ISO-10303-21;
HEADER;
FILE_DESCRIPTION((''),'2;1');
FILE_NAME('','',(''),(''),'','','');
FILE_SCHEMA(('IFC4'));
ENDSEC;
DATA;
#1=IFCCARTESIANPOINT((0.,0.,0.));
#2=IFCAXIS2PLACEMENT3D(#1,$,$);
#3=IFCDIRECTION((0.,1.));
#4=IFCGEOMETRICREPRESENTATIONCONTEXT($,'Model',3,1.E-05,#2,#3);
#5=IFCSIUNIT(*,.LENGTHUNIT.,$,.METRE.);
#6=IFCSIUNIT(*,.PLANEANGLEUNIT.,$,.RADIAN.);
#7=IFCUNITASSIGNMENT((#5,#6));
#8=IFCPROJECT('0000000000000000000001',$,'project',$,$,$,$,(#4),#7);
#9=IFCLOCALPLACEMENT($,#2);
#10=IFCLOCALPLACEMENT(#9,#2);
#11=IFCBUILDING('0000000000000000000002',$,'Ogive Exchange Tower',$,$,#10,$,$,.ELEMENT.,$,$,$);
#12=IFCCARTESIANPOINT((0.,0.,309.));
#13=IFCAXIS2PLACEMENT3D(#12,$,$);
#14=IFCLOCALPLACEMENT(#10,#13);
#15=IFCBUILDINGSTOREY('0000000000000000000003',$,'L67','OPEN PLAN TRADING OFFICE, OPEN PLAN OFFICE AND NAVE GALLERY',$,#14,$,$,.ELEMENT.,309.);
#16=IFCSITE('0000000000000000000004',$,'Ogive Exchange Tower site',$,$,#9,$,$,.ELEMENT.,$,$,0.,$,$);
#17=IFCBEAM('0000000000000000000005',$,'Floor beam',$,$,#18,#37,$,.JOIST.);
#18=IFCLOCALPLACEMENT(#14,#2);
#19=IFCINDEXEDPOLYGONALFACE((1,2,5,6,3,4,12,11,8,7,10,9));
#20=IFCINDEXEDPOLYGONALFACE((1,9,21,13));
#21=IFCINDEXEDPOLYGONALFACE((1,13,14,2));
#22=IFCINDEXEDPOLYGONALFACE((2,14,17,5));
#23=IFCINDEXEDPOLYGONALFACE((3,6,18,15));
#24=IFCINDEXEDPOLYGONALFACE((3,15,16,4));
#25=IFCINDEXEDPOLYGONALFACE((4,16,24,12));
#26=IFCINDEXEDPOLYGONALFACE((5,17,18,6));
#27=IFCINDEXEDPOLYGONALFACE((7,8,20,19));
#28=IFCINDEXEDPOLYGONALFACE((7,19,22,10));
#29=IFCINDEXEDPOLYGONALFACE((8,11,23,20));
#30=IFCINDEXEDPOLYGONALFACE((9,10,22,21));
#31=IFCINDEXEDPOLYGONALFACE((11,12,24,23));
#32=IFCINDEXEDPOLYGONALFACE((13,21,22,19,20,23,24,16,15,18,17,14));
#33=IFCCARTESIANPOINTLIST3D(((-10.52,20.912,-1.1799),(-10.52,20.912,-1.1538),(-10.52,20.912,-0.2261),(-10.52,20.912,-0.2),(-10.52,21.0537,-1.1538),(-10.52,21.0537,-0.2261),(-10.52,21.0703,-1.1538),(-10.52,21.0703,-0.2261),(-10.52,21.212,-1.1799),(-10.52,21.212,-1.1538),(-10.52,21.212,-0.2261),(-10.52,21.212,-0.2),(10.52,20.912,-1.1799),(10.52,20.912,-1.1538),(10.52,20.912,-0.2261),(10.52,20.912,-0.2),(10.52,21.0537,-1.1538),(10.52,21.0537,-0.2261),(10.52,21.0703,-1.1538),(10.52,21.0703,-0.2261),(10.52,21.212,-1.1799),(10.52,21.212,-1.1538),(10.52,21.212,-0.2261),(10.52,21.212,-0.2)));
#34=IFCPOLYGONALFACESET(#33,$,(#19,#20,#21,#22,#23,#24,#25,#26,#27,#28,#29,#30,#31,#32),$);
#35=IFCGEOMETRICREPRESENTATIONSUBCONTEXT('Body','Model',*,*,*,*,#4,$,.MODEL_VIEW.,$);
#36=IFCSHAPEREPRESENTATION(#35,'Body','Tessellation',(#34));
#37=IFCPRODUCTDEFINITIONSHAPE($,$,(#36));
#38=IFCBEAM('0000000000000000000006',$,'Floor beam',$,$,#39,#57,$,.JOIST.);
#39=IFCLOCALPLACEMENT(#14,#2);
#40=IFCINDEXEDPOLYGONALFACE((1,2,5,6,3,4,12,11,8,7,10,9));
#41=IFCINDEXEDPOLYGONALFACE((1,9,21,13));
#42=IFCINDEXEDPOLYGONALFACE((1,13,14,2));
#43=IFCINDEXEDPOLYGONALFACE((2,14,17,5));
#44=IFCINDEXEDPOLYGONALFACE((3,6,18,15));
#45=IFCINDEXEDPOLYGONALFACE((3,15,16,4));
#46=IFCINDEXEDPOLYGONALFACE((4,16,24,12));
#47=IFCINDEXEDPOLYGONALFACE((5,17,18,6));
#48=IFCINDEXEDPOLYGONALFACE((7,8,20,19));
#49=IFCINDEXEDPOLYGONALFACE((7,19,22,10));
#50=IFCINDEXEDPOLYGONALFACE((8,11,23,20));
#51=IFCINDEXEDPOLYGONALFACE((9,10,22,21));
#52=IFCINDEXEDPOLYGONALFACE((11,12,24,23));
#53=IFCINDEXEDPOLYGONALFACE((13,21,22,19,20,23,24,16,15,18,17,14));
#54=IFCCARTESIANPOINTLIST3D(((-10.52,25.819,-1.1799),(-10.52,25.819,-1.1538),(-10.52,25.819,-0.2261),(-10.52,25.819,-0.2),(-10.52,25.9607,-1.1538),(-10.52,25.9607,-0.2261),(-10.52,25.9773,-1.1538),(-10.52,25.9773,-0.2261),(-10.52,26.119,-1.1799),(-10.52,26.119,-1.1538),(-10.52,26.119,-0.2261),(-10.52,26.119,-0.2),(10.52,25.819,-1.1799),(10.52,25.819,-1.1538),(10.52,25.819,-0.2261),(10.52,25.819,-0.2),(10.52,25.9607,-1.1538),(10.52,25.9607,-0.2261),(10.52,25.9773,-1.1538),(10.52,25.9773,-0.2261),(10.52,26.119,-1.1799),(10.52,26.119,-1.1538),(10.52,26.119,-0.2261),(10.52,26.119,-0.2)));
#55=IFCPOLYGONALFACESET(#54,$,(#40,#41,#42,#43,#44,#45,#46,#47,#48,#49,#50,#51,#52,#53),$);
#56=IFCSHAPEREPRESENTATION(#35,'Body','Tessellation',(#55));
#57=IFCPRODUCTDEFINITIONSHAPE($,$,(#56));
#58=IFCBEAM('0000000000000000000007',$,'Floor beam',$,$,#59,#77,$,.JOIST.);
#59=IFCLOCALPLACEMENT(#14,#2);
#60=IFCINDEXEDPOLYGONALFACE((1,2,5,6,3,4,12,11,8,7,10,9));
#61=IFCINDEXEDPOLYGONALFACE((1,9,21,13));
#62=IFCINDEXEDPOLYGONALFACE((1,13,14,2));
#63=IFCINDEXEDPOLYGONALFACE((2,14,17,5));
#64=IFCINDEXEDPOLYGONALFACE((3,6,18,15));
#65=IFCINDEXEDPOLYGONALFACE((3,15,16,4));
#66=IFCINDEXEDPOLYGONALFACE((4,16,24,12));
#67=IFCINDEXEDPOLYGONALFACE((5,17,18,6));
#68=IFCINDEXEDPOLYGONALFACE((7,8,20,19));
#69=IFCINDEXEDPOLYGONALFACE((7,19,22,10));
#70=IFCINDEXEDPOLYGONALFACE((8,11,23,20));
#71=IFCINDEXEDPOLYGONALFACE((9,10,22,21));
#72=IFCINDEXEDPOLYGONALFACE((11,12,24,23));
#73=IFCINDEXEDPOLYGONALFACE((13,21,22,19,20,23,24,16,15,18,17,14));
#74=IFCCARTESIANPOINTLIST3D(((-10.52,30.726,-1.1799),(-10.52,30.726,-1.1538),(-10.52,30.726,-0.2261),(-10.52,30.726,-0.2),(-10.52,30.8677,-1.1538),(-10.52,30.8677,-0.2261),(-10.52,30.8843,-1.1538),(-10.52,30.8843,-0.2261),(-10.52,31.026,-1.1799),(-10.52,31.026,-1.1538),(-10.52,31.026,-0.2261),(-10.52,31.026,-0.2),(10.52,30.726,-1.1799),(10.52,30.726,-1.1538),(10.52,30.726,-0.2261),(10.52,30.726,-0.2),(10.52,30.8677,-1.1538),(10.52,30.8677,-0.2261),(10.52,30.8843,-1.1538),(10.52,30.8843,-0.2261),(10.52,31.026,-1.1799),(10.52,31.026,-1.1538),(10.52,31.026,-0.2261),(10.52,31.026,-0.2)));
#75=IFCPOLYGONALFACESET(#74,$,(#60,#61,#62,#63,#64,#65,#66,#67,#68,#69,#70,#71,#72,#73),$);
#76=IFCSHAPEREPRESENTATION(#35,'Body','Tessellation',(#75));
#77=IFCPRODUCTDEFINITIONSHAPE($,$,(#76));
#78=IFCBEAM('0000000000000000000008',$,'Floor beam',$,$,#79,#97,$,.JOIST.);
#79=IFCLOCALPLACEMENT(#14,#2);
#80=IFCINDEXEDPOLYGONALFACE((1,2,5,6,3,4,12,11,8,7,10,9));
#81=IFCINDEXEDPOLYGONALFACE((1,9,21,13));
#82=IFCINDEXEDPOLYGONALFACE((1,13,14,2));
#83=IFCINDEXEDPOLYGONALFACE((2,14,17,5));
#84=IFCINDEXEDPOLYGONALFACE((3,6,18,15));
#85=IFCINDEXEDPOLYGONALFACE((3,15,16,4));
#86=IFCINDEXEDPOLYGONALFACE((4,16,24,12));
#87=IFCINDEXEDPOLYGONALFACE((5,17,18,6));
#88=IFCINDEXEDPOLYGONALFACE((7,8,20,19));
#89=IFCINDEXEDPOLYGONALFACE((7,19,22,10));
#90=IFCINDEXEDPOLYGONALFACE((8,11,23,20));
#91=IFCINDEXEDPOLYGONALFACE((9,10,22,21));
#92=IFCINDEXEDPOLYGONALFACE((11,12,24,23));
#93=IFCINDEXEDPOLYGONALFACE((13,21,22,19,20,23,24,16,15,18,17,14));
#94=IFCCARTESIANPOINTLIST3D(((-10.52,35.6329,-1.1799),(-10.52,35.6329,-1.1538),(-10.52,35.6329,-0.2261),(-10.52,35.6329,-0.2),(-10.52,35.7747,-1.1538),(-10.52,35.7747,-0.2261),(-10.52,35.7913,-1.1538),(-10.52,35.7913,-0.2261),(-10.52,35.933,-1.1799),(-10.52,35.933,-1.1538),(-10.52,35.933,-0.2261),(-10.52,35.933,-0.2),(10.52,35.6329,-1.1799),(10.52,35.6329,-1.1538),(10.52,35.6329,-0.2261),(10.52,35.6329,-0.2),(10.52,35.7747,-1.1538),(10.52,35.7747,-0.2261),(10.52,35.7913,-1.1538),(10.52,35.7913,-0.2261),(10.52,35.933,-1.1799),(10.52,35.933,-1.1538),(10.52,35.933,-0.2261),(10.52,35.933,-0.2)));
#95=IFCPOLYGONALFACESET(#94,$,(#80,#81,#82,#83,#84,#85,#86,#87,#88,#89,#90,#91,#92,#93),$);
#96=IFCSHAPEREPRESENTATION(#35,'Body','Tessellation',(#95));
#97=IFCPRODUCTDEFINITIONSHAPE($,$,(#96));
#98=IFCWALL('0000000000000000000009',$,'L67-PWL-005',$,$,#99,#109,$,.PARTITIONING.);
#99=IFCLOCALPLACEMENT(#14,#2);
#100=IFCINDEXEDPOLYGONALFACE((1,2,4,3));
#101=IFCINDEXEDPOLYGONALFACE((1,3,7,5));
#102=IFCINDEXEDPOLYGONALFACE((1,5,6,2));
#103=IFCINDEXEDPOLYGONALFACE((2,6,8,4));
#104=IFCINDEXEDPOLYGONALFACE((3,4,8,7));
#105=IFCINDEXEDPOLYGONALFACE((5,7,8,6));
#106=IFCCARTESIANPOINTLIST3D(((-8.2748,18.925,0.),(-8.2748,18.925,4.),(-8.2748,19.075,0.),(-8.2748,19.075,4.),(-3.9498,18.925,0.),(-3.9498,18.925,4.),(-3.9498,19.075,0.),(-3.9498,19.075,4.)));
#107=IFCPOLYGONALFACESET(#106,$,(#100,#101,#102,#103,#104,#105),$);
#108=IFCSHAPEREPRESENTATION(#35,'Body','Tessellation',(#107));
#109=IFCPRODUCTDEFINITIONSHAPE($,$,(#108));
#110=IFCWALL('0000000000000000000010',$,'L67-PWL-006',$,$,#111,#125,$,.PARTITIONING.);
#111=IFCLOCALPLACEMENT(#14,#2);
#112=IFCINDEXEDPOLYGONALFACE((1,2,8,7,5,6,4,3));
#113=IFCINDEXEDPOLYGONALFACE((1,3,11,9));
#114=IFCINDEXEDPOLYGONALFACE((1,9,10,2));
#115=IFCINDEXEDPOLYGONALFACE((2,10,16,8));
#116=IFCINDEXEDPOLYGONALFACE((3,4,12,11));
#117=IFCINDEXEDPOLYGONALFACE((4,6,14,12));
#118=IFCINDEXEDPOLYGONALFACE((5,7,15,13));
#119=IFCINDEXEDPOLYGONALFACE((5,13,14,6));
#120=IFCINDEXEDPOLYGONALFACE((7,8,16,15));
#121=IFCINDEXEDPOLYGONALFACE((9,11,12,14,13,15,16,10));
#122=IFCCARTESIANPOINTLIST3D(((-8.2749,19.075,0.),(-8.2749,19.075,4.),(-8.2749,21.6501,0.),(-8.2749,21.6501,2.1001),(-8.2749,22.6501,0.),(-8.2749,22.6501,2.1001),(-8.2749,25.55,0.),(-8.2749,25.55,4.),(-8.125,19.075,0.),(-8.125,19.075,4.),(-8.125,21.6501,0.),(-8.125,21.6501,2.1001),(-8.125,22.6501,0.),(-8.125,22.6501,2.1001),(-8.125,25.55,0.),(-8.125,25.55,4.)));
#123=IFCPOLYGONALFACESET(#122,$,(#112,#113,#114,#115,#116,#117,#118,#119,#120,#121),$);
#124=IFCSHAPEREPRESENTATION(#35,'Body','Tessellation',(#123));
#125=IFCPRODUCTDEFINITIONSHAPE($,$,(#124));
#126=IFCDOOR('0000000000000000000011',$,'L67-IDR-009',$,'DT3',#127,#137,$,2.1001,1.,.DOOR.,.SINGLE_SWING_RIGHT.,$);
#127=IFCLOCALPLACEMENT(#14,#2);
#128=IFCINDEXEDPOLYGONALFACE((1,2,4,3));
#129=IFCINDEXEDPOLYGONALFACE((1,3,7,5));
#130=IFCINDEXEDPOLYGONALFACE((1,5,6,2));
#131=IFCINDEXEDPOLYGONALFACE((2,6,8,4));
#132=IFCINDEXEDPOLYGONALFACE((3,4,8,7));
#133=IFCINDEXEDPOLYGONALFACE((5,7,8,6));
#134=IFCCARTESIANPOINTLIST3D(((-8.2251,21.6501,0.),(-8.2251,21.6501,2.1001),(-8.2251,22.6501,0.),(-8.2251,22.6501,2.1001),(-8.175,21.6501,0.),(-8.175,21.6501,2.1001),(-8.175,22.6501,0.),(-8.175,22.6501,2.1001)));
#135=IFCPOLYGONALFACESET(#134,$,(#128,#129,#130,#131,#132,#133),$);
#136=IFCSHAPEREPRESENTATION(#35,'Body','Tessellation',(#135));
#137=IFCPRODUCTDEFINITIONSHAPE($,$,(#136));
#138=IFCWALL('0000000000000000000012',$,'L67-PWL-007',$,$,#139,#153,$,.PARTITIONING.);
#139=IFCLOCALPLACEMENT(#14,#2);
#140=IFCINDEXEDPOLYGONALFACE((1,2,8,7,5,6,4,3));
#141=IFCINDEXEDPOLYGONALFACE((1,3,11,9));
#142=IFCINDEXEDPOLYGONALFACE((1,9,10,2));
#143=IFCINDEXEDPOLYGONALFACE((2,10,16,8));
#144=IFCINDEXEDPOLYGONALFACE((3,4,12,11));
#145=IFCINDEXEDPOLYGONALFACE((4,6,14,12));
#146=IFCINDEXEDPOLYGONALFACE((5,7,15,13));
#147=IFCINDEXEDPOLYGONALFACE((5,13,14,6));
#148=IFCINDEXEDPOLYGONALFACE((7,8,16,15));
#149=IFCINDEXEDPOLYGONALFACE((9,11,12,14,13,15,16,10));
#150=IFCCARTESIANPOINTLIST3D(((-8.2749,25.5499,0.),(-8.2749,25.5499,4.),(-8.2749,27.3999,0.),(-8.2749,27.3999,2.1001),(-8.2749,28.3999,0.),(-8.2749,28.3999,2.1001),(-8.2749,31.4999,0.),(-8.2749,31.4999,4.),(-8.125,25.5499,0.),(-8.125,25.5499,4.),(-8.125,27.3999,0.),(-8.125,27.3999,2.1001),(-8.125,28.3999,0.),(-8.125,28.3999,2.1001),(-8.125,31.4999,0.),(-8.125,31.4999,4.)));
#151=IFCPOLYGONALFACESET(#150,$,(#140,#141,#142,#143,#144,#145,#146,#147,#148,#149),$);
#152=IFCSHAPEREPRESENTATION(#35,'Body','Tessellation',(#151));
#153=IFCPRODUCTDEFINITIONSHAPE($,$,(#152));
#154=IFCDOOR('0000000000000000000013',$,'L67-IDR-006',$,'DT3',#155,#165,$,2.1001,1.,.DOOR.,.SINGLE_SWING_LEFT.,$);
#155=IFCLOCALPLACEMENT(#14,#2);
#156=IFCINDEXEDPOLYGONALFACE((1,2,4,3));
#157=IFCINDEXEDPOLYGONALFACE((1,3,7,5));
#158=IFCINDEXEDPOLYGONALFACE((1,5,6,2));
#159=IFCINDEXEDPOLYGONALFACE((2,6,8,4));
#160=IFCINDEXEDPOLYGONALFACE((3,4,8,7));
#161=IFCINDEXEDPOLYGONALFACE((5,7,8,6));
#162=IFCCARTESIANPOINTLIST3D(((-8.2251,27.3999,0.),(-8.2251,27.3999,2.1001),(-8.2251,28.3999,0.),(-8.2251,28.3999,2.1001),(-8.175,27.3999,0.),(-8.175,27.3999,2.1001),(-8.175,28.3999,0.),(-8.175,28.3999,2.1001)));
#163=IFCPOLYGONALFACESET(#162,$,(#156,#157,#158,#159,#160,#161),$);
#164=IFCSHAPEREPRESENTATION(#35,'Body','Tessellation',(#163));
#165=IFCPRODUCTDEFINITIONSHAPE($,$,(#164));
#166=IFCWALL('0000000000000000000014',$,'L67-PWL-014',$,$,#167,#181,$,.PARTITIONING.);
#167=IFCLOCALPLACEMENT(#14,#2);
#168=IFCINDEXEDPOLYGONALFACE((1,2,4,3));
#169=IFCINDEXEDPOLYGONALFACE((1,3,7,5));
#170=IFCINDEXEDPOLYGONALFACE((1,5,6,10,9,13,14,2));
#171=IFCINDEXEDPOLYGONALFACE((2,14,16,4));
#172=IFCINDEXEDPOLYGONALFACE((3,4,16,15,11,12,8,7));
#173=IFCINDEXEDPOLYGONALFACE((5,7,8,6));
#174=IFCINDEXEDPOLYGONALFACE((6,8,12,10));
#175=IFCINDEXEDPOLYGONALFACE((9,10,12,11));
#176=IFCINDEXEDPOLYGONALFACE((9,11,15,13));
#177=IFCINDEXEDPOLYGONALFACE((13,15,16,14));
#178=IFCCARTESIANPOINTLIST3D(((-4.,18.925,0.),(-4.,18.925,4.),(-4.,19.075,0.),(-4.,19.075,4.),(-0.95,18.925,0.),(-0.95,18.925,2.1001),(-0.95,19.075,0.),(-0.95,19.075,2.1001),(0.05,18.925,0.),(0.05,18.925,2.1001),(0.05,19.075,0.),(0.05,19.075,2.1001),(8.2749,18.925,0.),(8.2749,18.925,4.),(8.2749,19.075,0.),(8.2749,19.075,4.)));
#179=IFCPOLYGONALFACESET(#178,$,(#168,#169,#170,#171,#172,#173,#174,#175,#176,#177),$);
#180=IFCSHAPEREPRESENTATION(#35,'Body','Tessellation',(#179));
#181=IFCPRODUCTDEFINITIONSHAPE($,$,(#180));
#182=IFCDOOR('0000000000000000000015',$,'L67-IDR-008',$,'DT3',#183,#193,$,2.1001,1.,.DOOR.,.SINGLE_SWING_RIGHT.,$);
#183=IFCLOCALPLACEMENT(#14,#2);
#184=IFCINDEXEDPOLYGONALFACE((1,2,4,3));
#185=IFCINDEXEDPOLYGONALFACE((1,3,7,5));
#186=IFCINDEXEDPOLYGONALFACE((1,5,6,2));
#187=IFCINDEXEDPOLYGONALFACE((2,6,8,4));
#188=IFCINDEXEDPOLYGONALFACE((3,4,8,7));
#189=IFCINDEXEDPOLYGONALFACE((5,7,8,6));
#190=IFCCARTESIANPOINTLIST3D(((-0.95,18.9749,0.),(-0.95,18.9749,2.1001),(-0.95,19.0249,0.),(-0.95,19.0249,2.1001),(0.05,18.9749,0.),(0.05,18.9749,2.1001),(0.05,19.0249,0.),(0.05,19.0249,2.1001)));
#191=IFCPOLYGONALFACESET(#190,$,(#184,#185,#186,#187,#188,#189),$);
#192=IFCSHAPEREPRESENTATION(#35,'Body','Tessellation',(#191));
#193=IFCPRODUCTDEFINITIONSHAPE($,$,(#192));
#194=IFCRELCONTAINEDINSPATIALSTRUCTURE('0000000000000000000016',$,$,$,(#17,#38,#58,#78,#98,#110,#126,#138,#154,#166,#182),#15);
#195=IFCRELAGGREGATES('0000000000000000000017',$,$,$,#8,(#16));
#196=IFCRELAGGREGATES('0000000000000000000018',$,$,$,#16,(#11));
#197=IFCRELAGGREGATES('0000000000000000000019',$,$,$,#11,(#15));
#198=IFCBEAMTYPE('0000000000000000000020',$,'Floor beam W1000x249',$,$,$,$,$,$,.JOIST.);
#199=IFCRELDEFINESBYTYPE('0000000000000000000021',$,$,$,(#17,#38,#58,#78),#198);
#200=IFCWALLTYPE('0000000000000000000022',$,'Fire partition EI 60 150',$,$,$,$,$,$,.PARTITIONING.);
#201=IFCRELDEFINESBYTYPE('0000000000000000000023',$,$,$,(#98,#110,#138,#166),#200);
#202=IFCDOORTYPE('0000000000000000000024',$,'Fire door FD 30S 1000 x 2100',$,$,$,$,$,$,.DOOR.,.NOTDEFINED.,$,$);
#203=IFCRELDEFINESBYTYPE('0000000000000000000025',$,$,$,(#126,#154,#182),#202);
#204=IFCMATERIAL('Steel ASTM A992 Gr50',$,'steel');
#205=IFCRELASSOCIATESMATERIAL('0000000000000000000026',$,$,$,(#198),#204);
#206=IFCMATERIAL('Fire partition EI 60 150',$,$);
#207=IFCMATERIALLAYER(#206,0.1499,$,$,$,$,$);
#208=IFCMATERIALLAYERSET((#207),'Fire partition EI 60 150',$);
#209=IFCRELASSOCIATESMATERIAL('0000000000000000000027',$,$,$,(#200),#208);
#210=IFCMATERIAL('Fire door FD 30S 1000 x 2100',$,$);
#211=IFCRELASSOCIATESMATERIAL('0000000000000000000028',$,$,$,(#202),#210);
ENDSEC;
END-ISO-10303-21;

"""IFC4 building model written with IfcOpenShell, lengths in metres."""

from ifc_helpers import new_model, si_unit, direction, frame, frame_2d, origin, origin_2d, place, context, subcontext, project, spatial, rectangle, i_section, extrude, material, layer, layer_set, material_profile, profile_set, type_object, element, fill, save


model = new_model("IFC4")

# Units and contexts
model_context = context("Model", 3, precision=1e-05, world=origin(), true_north=direction((0.0, 1.0)))
body_context = subcontext(model_context, "Body", "Model", "MODEL_VIEW")
ifc_project = project(units=[si_unit("LENGTHUNIT", "METRE"), si_unit("PLANEANGLEUNIT", "RADIAN")], contexts=[model_context])

# Site, building, storey
site_placement = place(None, origin())
site = spatial("IfcSite", under=ifc_project, at=site_placement, Name="Ogive Exchange Tower site", CompositionType="ELEMENT", RefElevation=0.0)
building_placement = place(site_placement, origin())
building = spatial("IfcBuilding", under=site, at=building_placement, Name="Ogive Exchange Tower", CompositionType="ELEMENT")
storey_placement = place(building_placement, frame((0.0, 0.0, 309.0)))
storey = spatial("IfcBuildingStorey", under=building, at=storey_placement, Name="L67", Description="OPEN PLAN TRADING OFFICE, OPEN PLAN OFFICE AND NAVE GALLERY", CompositionType="ELEMENT", Elevation=309.0)

# Beams
ifc_material_1 = material(Name="Steel ASTM A992 Gr50", Category="steel")
ifc_material_profile = material_profile(ifc_material_1, i_section(OverallWidth=0.3, OverallDepth=0.98, WebThickness=0.0166, FlangeThickness=0.0261, at=origin_2d()), Name="W1000x249")
ifc_profile_set = profile_set([ifc_material_profile], Name="Steel ASTM A992 Gr50")
beam_type = type_object("IfcBeamType", Name="Floor beam W1000x249", PredefinedType="JOIST", material=ifc_profile_set)
for number, where, z_axis, x_axis, name in (
    (1, (-10.52, 21.062, -0.6899), (1.0, 0.0, 0.0), (0.0, 1.0, 0.0), "Floor beam"),
    (2, (-10.52, 25.969, -0.6899), (1.0, 0.0, 0.0), (0.0, 1.0, 0.0), "Floor beam"),
    (3, (-10.52, 30.876, -0.6899), (1.0, 0.0, 0.0), (0.0, 1.0, 0.0), "Floor beam"),
    (4, (-10.52, 35.783, -0.6899), (1.0, 0.0, 0.0), (0.0, 1.0, 0.0), "Floor beam"),
):
    element("IfcBeam", number, at=place(storey_placement, frame(where, z_axis=z_axis, x_axis=x_axis)), inside=storey, type_object=beam_type, Name=name, PredefinedType="JOIST", context=body_context, shape_type="SweptSolid", body=[
        extrude(i_section(OverallWidth=0.3, OverallDepth=0.98, WebThickness=0.0166, FlangeThickness=0.0261, at=origin_2d()), origin(), (0.0, 0.0, 1.0), 21.04),
    ])

# Wall
ifc_material_2 = material(Name="Fire partition EI 60 150")
ifc_layer_1 = layer(ifc_material_2, 0.1499)
ifc_layer_set_1 = layer_set([ifc_layer_1], Name="Fire partition EI 60 150")
wall_type_1 = type_object("IfcWallType", Name="Fire partition EI 60 150", PredefinedType="PARTITIONING", material=ifc_layer_set_1)
wall_1_placement = place(storey_placement, frame((-8.2749, 19.0, 0.0), z_axis=(0.0, 0.0, 1.0), x_axis=(1.0, 0.0, 0.0)))
element("IfcWall", 5, at=wall_1_placement, inside=storey, type_object=wall_type_1, Name="L67-PWL-005", PredefinedType="PARTITIONING", context=body_context, shape_type="SweptSolid", body=[
    extrude(rectangle(XDim=4.325, YDim=0.1499, at=frame_2d((2.1626, 0.0))), origin(), (0.0, 0.0, 1.0), 4.0),
])

# Walls, openings, doors
wall_2_placement = place(storey_placement, frame((-8.2, 25.55, 0.0), z_axis=(0.0, 0.0, 1.0), x_axis=(0.0, -1.0, 0.0)))
wall_2 = element("IfcWall", 6, at=wall_2_placement, inside=storey, type_object=wall_type_1, Name="L67-PWL-006", PredefinedType="PARTITIONING", context=body_context, shape_type="SweptSolid", body=[
    extrude(rectangle(XDim=6.4751, YDim=0.1499, at=frame_2d((3.2375, 0.0))), origin(), (0.0, 0.0, 1.0), 4.0),
])
opening_1_placement = place(wall_2_placement, frame((2.8999, 0.0, 0.0)))
opening_1 = element("IfcOpeningElement", 7, at=opening_1_placement, cuts=wall_2, PredefinedType="OPENING", context=body_context, shape_type="SweptSolid", body=[
    extrude(rectangle(XDim=1.0, YDim=2.1001, at=frame_2d((0.5, 1.05))), frame((0.0, 0.085, 0.0), z_axis=(0.0, -1.0, 0.0), x_axis=(1.0, 0.0, 0.0)), (0.0, 0.0, 1.0), 0.1699),
])
ifc_material_3 = material(Name="Fire door FD 30S 1000 x 2100")
door_type_1 = type_object("IfcDoorType", Name="Fire door FD 30S 1000 x 2100", OperationType="NOTDEFINED", PredefinedType="DOOR", material=ifc_material_3)
door_1_placement = place(opening_1_placement, origin())
door_1 = element("IfcDoor", 8, at=door_1_placement, inside=storey, type_object=door_type_1, Name="L67-IDR-009", ObjectType="DT3", OperationType="SINGLE_SWING_RIGHT", OverallHeight=2.1001, OverallWidth=1.0, PredefinedType="DOOR", context=body_context, shape_type="SweptSolid", body=[
    extrude(rectangle(XDim=1.0, YDim=2.1001, at=frame_2d((0.5, 1.05))), frame((0.0, 0.0249, 0.0), z_axis=(0.0, -1.0, 0.0), x_axis=(1.0, 0.0, 0.0)), (0.0, 0.0, 1.0), 0.05),
])
fill(opening_1, door_1)
wall_3_placement = place(storey_placement, frame((-8.2, 31.5, 0.0), z_axis=(0.0, 0.0, 1.0), x_axis=(0.0, -1.0, 0.0)))
wall_3 = element("IfcWall", 9, at=wall_3_placement, inside=storey, type_object=wall_type_1, Name="L67-PWL-007", PredefinedType="PARTITIONING", context=body_context, shape_type="SweptSolid", body=[
    extrude(rectangle(XDim=5.95, YDim=0.1499, at=frame_2d((2.9751, 0.0))), origin(), (0.0, 0.0, 1.0), 4.0),
])
opening_2_placement = place(wall_3_placement, frame((3.1001, 0.0, 0.0)))
opening_2 = element("IfcOpeningElement", 10, at=opening_2_placement, cuts=wall_3, PredefinedType="OPENING", context=body_context, shape_type="SweptSolid", body=[
    extrude(rectangle(XDim=1.0, YDim=2.1001, at=frame_2d((0.5, 1.05))), frame((0.0, 0.085, 0.0), z_axis=(0.0, -1.0, 0.0), x_axis=(1.0, 0.0, 0.0)), (0.0, 0.0, 1.0), 0.1699),
])
door_2_placement = place(opening_2_placement, origin())
door_2 = element("IfcDoor", 11, at=door_2_placement, inside=storey, type_object=door_type_1, Name="L67-IDR-006", ObjectType="DT3", OperationType="SINGLE_SWING_LEFT", OverallHeight=2.1001, OverallWidth=1.0, PredefinedType="DOOR", context=body_context, shape_type="SweptSolid", body=[
    extrude(rectangle(XDim=1.0, YDim=2.1001, at=frame_2d((0.5, 1.05))), frame((0.0, 0.0249, 0.0), z_axis=(0.0, -1.0, 0.0), x_axis=(1.0, 0.0, 0.0)), (0.0, 0.0, 1.0), 0.05),
])
fill(opening_2, door_2)
wall_4_placement = place(storey_placement, frame((-4.0, 19.0, 0.0), z_axis=(0.0, 0.0, 1.0), x_axis=(1.0, 0.0, 0.0)))
wall_4 = element("IfcWall", 12, at=wall_4_placement, inside=storey, type_object=wall_type_1, Name="L67-PWL-014", PredefinedType="PARTITIONING", context=body_context, shape_type="SweptSolid", body=[
    extrude(rectangle(XDim=12.2749, YDim=0.1499, at=frame_2d((6.1375, 0.0))), origin(), (0.0, 0.0, 1.0), 4.0),
])
opening_3_placement = place(wall_4_placement, frame((3.05, 0.0, 0.0)))
opening_3 = element("IfcOpeningElement", 13, at=opening_3_placement, cuts=wall_4, PredefinedType="OPENING", context=body_context, shape_type="SweptSolid", body=[
    extrude(rectangle(XDim=1.0, YDim=2.1001, at=frame_2d((0.5, 1.05))), frame((0.0, 0.085, 0.0), z_axis=(0.0, -1.0, 0.0), x_axis=(1.0, 0.0, 0.0)), (0.0, 0.0, 1.0), 0.1699),
])
door_3_placement = place(opening_3_placement, origin())
door_3 = element("IfcDoor", 14, at=door_3_placement, inside=storey, type_object=door_type_1, Name="L67-IDR-008", ObjectType="DT3", OperationType="SINGLE_SWING_RIGHT", OverallHeight=2.1001, OverallWidth=1.0, PredefinedType="DOOR", context=body_context, shape_type="SweptSolid", body=[
    extrude(rectangle(XDim=1.0, YDim=2.1001, at=frame_2d((0.5, 1.05))), frame((0.0, 0.0249, 0.0), z_axis=(0.0, -1.0, 0.0), x_axis=(1.0, 0.0, 0.0)), (0.0, 0.0, 1.0), 0.05),
])
fill(opening_3, door_3)

save(model, "model.ifc")
